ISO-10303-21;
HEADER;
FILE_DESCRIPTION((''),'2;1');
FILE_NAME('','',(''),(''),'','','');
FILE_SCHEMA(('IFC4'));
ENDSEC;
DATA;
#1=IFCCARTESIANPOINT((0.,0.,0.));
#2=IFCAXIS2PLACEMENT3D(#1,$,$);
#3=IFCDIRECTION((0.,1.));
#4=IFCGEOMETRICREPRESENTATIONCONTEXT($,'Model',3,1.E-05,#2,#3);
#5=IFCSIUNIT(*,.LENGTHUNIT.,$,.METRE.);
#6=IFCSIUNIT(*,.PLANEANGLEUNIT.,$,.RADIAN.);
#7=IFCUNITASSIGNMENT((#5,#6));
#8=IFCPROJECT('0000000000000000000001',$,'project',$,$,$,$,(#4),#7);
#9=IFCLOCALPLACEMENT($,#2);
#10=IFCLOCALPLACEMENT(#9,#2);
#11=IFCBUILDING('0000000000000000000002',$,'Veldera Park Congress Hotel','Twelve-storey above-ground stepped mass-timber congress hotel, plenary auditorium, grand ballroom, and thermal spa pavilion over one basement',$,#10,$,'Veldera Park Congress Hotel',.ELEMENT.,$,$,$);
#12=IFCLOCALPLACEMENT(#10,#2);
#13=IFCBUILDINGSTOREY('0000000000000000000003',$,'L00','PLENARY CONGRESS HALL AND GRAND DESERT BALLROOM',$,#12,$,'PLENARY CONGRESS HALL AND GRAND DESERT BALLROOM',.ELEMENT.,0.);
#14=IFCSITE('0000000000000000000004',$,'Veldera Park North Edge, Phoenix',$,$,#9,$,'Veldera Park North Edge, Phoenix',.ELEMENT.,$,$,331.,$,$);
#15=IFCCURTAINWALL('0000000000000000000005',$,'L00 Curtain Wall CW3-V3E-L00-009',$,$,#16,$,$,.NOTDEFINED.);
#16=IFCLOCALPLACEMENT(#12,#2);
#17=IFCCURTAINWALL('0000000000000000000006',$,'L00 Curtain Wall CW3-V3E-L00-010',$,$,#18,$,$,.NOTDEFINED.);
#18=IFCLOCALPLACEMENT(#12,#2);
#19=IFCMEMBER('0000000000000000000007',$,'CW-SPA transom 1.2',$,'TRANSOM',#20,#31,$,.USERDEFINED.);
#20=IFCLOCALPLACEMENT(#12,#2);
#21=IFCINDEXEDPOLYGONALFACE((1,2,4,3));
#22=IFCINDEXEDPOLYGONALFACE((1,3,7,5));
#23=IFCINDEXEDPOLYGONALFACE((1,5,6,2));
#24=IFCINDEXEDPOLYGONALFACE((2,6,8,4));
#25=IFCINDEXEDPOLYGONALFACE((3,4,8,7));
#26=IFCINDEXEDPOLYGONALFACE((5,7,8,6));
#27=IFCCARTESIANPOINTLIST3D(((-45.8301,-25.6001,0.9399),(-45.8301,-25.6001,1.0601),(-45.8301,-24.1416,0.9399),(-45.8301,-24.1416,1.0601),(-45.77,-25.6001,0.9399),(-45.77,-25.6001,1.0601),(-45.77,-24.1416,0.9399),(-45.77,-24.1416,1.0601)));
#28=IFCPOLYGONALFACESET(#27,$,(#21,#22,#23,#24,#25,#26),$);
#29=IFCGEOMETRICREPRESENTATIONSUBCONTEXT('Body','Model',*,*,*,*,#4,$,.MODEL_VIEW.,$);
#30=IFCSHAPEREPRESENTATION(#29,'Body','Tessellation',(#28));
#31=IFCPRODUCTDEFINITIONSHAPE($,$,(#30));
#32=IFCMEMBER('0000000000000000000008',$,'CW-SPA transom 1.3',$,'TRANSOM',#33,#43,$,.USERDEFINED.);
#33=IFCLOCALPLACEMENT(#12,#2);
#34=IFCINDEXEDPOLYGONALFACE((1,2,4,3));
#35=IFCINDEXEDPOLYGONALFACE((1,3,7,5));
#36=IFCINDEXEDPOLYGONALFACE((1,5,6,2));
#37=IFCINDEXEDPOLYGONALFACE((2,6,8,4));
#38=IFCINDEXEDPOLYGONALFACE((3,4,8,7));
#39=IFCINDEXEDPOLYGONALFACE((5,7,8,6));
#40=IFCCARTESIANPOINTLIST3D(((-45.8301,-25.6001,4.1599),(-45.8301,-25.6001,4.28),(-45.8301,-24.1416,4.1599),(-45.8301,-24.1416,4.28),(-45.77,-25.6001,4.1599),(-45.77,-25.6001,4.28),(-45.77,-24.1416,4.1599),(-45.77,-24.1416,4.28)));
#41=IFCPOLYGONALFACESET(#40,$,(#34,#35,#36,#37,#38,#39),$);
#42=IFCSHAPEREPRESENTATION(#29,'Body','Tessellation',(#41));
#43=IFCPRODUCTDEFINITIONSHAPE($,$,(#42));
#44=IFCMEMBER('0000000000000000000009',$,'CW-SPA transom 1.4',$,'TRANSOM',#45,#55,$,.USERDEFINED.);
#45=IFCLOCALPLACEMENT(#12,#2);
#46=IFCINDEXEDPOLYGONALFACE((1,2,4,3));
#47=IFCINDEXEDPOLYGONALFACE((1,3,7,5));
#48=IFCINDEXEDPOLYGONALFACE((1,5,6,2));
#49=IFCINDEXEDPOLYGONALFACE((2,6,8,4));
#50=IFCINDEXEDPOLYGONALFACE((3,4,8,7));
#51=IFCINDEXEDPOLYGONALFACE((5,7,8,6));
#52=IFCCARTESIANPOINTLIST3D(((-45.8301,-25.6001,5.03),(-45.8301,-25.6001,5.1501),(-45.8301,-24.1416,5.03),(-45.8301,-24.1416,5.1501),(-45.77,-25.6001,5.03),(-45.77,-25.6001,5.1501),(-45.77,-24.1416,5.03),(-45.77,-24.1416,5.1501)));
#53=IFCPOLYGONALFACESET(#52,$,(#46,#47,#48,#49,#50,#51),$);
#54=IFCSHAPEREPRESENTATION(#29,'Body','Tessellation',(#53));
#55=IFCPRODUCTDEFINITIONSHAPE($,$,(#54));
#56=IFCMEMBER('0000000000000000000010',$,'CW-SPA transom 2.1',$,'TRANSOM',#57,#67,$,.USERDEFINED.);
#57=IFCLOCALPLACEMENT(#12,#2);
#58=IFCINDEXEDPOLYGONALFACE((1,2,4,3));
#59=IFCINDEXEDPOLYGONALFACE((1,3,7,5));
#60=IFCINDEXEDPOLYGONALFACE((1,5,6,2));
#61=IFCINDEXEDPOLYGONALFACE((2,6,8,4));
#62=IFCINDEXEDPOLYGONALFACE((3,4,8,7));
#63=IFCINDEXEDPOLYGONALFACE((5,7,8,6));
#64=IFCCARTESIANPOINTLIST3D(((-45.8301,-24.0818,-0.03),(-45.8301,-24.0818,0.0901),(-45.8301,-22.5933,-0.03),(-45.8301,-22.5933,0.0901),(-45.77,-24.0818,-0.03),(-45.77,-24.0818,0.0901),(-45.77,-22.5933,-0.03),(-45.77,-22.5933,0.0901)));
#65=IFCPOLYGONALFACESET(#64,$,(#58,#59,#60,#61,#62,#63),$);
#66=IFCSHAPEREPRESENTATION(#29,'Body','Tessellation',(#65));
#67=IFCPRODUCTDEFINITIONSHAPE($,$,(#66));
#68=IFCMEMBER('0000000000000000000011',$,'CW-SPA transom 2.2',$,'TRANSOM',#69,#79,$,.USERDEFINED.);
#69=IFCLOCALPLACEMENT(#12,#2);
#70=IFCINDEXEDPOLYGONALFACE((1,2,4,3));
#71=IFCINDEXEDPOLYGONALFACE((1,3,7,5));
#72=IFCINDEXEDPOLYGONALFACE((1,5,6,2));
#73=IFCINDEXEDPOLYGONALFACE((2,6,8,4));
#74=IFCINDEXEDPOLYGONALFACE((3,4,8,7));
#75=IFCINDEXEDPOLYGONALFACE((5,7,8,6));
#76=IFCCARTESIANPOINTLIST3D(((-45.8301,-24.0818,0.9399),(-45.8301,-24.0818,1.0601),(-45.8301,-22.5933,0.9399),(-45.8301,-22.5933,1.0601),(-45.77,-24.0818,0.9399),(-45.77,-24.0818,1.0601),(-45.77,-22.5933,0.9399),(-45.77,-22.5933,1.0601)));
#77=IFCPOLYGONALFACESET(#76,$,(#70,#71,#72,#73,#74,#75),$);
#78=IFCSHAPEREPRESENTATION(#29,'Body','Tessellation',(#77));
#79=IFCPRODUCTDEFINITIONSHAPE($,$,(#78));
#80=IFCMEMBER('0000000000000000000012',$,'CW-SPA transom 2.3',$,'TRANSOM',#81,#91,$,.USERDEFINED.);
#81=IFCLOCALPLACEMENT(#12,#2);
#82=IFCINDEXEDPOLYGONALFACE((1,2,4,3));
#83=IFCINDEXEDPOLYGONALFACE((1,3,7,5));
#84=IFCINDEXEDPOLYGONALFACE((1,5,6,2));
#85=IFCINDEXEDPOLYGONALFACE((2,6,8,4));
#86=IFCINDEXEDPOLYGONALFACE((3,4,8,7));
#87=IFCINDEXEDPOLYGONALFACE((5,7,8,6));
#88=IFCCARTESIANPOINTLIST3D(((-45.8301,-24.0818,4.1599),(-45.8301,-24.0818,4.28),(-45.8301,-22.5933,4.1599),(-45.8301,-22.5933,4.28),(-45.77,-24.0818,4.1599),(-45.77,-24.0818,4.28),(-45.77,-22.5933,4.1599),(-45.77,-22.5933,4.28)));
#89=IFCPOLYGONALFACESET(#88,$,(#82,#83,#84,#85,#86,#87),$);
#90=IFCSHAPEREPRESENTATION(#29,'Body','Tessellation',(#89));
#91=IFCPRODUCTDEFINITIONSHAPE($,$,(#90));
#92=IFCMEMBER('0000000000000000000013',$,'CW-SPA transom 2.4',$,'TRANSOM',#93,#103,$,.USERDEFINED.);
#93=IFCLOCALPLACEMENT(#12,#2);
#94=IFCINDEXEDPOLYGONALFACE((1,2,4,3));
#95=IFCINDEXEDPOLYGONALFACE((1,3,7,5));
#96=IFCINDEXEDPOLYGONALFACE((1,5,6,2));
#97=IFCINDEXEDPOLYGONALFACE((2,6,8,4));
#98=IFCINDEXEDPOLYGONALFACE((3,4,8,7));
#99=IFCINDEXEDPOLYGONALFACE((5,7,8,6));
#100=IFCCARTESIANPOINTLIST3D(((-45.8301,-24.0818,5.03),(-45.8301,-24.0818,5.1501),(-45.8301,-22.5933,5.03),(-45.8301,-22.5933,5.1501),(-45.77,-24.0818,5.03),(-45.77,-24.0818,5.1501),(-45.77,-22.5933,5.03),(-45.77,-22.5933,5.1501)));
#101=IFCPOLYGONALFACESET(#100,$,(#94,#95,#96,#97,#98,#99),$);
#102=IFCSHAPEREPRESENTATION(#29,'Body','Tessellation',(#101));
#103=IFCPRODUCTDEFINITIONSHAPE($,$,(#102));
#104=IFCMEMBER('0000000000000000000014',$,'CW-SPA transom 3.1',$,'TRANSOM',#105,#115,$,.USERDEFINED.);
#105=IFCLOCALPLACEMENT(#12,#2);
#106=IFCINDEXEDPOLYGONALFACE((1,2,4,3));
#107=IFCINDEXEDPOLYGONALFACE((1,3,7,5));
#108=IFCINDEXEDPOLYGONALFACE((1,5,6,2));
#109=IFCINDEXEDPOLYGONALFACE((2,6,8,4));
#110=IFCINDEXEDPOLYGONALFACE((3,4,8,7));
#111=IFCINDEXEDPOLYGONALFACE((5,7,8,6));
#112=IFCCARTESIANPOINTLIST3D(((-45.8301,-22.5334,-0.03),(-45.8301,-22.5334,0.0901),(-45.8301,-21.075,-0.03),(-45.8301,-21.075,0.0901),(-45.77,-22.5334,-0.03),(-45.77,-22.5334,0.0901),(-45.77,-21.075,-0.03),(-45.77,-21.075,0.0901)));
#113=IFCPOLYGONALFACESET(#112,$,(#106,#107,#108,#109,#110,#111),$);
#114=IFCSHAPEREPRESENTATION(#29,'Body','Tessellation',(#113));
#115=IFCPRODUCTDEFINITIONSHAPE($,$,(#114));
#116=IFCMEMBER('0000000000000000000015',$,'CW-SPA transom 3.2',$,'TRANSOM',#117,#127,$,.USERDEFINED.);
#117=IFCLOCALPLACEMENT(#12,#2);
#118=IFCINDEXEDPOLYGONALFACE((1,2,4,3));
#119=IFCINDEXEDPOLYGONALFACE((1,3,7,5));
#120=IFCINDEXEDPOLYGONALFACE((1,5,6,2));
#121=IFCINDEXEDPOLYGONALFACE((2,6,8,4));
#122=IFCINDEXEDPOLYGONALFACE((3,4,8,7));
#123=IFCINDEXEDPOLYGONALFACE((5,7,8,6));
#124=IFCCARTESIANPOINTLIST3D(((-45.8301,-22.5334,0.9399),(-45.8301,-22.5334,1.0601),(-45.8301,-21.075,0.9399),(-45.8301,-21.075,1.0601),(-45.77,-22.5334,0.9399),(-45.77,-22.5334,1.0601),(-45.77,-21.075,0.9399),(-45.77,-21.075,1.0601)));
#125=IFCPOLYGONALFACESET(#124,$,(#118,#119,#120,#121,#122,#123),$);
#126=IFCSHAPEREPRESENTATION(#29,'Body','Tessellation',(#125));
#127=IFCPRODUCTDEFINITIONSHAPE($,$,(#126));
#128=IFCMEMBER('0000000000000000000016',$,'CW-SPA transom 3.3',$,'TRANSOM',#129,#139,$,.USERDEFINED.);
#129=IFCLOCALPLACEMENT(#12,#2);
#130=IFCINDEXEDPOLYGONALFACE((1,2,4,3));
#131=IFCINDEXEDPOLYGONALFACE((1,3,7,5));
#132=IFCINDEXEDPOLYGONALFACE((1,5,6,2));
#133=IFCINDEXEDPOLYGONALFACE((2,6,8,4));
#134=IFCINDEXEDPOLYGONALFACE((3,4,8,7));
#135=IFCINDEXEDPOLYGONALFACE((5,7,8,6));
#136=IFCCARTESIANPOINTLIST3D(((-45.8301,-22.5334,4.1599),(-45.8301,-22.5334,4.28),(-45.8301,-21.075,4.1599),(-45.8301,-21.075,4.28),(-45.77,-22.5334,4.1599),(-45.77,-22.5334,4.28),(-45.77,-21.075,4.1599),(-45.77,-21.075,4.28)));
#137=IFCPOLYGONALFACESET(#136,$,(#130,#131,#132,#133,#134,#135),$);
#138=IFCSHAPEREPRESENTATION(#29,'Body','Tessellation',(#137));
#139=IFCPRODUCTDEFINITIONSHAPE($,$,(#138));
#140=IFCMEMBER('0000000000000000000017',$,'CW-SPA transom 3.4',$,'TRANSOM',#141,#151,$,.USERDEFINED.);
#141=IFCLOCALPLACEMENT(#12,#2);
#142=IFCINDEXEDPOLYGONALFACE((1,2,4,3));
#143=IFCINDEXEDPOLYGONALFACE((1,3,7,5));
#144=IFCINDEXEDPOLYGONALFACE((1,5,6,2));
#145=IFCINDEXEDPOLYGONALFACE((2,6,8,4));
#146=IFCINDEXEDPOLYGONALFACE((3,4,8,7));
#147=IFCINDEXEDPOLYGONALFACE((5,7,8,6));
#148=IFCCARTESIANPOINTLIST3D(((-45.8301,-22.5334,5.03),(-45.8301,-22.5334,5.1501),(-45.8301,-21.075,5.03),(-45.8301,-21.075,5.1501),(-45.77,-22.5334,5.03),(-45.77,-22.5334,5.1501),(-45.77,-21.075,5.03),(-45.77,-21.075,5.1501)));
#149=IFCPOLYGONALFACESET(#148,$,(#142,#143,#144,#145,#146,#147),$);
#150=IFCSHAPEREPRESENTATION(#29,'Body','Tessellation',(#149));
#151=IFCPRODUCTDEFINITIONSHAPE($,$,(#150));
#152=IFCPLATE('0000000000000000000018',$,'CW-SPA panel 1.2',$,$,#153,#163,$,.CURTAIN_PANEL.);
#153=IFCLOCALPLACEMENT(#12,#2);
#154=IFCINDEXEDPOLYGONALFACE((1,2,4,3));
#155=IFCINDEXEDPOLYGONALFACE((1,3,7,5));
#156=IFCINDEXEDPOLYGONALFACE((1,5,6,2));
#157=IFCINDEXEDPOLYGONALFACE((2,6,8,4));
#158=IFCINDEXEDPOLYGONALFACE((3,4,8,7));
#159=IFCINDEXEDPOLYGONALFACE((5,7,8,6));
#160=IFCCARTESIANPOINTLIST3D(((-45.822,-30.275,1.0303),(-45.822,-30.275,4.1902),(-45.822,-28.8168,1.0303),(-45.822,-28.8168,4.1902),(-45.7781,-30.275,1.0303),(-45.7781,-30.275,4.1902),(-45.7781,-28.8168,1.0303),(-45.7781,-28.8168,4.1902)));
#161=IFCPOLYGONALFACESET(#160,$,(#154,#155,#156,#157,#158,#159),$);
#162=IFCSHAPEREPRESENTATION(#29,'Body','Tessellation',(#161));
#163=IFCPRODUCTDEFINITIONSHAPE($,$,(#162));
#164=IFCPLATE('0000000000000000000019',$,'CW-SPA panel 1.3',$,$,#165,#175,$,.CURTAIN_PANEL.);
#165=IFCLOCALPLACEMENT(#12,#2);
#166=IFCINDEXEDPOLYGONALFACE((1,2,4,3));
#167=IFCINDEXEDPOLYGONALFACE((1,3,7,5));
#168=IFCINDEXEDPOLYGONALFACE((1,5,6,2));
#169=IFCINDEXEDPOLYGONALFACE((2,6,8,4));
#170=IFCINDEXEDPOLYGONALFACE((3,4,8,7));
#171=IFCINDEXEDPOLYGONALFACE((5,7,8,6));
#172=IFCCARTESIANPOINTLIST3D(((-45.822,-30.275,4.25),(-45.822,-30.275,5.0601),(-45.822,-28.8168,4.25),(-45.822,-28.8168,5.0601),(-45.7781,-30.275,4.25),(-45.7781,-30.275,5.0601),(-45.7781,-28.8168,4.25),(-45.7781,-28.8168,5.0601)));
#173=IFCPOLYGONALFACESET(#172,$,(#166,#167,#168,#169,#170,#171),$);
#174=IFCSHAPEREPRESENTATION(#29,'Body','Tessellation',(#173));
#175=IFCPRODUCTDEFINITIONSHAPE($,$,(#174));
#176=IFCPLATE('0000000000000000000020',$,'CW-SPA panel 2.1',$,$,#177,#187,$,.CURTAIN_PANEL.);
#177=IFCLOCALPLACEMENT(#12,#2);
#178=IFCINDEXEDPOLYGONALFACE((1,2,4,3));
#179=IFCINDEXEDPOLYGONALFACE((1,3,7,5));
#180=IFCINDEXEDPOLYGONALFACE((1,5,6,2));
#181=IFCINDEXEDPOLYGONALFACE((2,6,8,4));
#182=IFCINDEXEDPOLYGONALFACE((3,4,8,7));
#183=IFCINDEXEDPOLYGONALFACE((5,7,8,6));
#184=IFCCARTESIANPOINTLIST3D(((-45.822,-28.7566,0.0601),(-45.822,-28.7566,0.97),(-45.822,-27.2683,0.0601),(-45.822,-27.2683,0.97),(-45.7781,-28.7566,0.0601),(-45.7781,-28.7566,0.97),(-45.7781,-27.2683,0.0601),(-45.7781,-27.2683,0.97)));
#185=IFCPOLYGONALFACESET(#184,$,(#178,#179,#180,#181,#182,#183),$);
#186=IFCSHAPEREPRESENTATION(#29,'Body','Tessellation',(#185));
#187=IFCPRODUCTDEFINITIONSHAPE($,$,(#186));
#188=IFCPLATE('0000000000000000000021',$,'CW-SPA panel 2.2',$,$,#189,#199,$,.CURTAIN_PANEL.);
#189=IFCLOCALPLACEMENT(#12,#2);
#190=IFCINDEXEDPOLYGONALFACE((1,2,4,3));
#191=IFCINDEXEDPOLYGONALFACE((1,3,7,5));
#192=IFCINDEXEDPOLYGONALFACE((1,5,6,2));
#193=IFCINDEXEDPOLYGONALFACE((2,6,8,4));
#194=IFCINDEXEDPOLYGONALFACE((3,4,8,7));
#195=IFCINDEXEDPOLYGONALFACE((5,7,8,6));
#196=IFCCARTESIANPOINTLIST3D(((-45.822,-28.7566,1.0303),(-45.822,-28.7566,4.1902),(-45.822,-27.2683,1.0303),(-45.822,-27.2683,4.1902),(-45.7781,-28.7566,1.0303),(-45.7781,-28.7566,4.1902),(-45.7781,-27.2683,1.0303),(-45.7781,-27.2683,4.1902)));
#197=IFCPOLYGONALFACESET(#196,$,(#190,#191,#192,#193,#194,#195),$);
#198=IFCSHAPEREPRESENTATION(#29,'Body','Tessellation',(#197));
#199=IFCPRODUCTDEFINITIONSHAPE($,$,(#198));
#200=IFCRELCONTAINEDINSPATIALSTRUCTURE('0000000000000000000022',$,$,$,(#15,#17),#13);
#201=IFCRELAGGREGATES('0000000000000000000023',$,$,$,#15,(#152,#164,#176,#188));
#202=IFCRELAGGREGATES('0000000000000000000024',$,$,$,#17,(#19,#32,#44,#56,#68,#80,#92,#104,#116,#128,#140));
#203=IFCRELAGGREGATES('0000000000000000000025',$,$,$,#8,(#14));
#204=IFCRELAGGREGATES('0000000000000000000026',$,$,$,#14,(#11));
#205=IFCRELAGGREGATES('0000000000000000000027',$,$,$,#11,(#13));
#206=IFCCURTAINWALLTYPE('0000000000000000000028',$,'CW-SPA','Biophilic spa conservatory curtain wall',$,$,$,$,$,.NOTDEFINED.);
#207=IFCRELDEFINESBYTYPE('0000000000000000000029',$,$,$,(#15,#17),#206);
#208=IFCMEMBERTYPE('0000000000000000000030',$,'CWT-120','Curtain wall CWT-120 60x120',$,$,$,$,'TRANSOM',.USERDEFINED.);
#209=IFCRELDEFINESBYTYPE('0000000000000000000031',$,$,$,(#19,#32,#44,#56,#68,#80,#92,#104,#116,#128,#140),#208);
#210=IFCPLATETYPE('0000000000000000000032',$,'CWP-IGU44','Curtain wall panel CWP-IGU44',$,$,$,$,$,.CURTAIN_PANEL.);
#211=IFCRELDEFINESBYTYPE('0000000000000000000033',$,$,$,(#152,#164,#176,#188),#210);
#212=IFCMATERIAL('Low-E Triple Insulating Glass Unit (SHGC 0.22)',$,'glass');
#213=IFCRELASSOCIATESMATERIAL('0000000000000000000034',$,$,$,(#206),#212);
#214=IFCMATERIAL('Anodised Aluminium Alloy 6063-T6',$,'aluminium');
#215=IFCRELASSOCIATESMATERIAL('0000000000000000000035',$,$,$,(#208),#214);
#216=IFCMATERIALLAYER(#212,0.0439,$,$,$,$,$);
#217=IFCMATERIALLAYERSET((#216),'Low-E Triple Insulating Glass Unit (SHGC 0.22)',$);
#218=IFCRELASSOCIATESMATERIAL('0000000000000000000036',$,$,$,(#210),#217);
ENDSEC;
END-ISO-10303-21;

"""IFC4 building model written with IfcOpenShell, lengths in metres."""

from ifc_helpers import new_model, si_unit, direction, frame, origin, origin_2d, place, context, subcontext, project, spatial, rectangle, extrude, material, layer, layer_set, material_profile, profile_set, type_object, element, aggregate, save


model = new_model("IFC4")

# Units and contexts
model_context = context("Model", 3, precision=1e-05, world=origin(), true_north=direction((0.0, 1.0)))
body_context = subcontext(model_context, "Body", "Model", "MODEL_VIEW")
ifc_project = project(units=[si_unit("LENGTHUNIT", "METRE"), si_unit("PLANEANGLEUNIT", "RADIAN")], contexts=[model_context])

# Site, building, storey
site_placement = place(None, origin())
site = spatial("IfcSite", under=ifc_project, at=site_placement, Name="Veldera Park North Edge, Phoenix", LongName="Veldera Park North Edge, Phoenix", CompositionType="ELEMENT", RefElevation=331.0)
building_placement = place(site_placement, origin())
building = spatial("IfcBuilding", under=site, at=building_placement, Name="Veldera Park Congress Hotel", Description="Twelve-storey above-ground stepped mass-timber congress hotel, plenary auditorium, grand ballroom, and thermal spa pavilion over one basement", LongName="Veldera Park Congress Hotel", CompositionType="ELEMENT")
storey_placement = place(building_placement, origin())
storey = spatial("IfcBuildingStorey", under=building, at=storey_placement, Name="L00", Description="PLENARY CONGRESS HALL AND GRAND DESERT BALLROOM", LongName="PLENARY CONGRESS HALL AND GRAND DESERT BALLROOM", CompositionType="ELEMENT", Elevation=0.0)

# Curtain walls
ifc_material_1 = material(Name="Low-E Triple Insulating Glass Unit (SHGC 0.22)", Category="glass")
curtain_wall_type = type_object("IfcCurtainWallType", Name="CW-SPA", Description="Biophilic spa conservatory curtain wall", PredefinedType="NOTDEFINED", material=ifc_material_1)
curtain_wall_1_placement = place(storey_placement, origin())
curtain_wall_1 = element("IfcCurtainWall", 1, at=curtain_wall_1_placement, inside=storey, type_object=curtain_wall_type, Name="L00 Curtain Wall CW3-V3E-L00-009", PredefinedType="NOTDEFINED")
ifc_material_2 = material(Name="Anodised Aluminium Alloy 6063-T6", Category="aluminium")
curtain_wall_2_placement = place(storey_placement, origin())
curtain_wall_2 = element("IfcCurtainWall", 2, at=curtain_wall_2_placement, inside=storey, type_object=curtain_wall_type, Name="L00 Curtain Wall CW3-V3E-L00-010", PredefinedType="NOTDEFINED")

# Members
ifc_material_profile_1 = material_profile(ifc_material_2, rectangle(XDim=0.0601, YDim=0.1201, at=origin_2d()), Name="ALU 60x120")
ifc_profile_set_1 = profile_set([ifc_material_profile_1], Name="Anodised Aluminium Alloy 6063-T6")
member_type_1 = type_object("IfcMemberType", Name="CWT-120", Description="Curtain wall CWT-120 60x120", ElementType="TRANSOM", PredefinedType="USERDEFINED", material=ifc_profile_set_1)
member_1_placement = place(storey_placement, frame((-45.8, -25.6001, 1.0), z_axis=(0.0, 1.0, 0.0), x_axis=(-1.0, 0.0, 0.0)))
member_1 = element("IfcMember", 3, at=member_1_placement, type_object=member_type_1, Name="CW-SPA transom 1.2", ObjectType="TRANSOM", PredefinedType="USERDEFINED", context=body_context, shape_type="SweptSolid", body=[
    extrude(rectangle(XDim=0.0601, YDim=0.1201, at=origin_2d()), origin(), (0.0, 0.0, 1.0), 1.4585),
])
member_2_placement = place(storey_placement, frame((-45.8, -25.6001, 4.22), z_axis=(0.0, 1.0, 0.0), x_axis=(-1.0, 0.0, 0.0)))
member_2 = element("IfcMember", 4, at=member_2_placement, type_object=member_type_1, Name="CW-SPA transom 1.3", ObjectType="TRANSOM", PredefinedType="USERDEFINED", context=body_context, shape_type="SweptSolid", body=[
    extrude(rectangle(XDim=0.0601, YDim=0.1201, at=origin_2d()), origin(), (0.0, 0.0, 1.0), 1.4585),
])
member_3_placement = place(storey_placement, frame((-45.8, -25.6001, 5.0901), z_axis=(0.0, 1.0, 0.0), x_axis=(-1.0, 0.0, 0.0)))
member_3 = element("IfcMember", 5, at=member_3_placement, type_object=member_type_1, Name="CW-SPA transom 1.4", ObjectType="TRANSOM", PredefinedType="USERDEFINED", context=body_context, shape_type="SweptSolid", body=[
    extrude(rectangle(XDim=0.0601, YDim=0.1201, at=origin_2d()), origin(), (0.0, 0.0, 1.0), 1.4585),
])
member_4_placement = place(storey_placement, frame((-45.8, -24.0818, 0.03), z_axis=(0.0, 1.0, 0.0), x_axis=(-1.0, 0.0, 0.0)))
member_4 = element("IfcMember", 6, at=member_4_placement, type_object=member_type_1, Name="CW-SPA transom 2.1", ObjectType="TRANSOM", PredefinedType="USERDEFINED", context=body_context, shape_type="SweptSolid", body=[
    extrude(rectangle(XDim=0.0601, YDim=0.1201, at=origin_2d()), origin(), (0.0, 0.0, 1.0), 1.4885),
])
member_5_placement = place(storey_placement, frame((-45.8, -24.0818, 1.0), z_axis=(0.0, 1.0, 0.0), x_axis=(-1.0, 0.0, 0.0)))
member_5 = element("IfcMember", 7, at=member_5_placement, type_object=member_type_1, Name="CW-SPA transom 2.2", ObjectType="TRANSOM", PredefinedType="USERDEFINED", context=body_context, shape_type="SweptSolid", body=[
    extrude(rectangle(XDim=0.0601, YDim=0.1201, at=origin_2d()), origin(), (0.0, 0.0, 1.0), 1.4885),
])
member_6_placement = place(storey_placement, frame((-45.8, -24.0818, 4.22), z_axis=(0.0, 1.0, 0.0), x_axis=(-1.0, 0.0, 0.0)))
member_6 = element("IfcMember", 8, at=member_6_placement, type_object=member_type_1, Name="CW-SPA transom 2.3", ObjectType="TRANSOM", PredefinedType="USERDEFINED", context=body_context, shape_type="SweptSolid", body=[
    extrude(rectangle(XDim=0.0601, YDim=0.1201, at=origin_2d()), origin(), (0.0, 0.0, 1.0), 1.4885),
])
member_7_placement = place(storey_placement, frame((-45.8, -24.0818, 5.0901), z_axis=(0.0, 1.0, 0.0), x_axis=(-1.0, 0.0, 0.0)))
member_7 = element("IfcMember", 9, at=member_7_placement, type_object=member_type_1, Name="CW-SPA transom 2.4", ObjectType="TRANSOM", PredefinedType="USERDEFINED", context=body_context, shape_type="SweptSolid", body=[
    extrude(rectangle(XDim=0.0601, YDim=0.1201, at=origin_2d()), origin(), (0.0, 0.0, 1.0), 1.4885),
])
member_8_placement = place(storey_placement, frame((-45.8, -22.5334, 0.03), z_axis=(0.0, 1.0, 0.0), x_axis=(-1.0, 0.0, 0.0)))
member_8 = element("IfcMember", 10, at=member_8_placement, type_object=member_type_1, Name="CW-SPA transom 3.1", ObjectType="TRANSOM", PredefinedType="USERDEFINED", context=body_context, shape_type="SweptSolid", body=[
    extrude(rectangle(XDim=0.0601, YDim=0.1201, at=origin_2d()), origin(), (0.0, 0.0, 1.0), 1.4585),
])
member_9_placement = place(storey_placement, frame((-45.8, -22.5334, 1.0), z_axis=(0.0, 1.0, 0.0), x_axis=(-1.0, 0.0, 0.0)))
member_9 = element("IfcMember", 11, at=member_9_placement, type_object=member_type_1, Name="CW-SPA transom 3.2", ObjectType="TRANSOM", PredefinedType="USERDEFINED", context=body_context, shape_type="SweptSolid", body=[
    extrude(rectangle(XDim=0.0601, YDim=0.1201, at=origin_2d()), origin(), (0.0, 0.0, 1.0), 1.4585),
])
member_10_placement = place(storey_placement, frame((-45.8, -22.5334, 4.22), z_axis=(0.0, 1.0, 0.0), x_axis=(-1.0, 0.0, 0.0)))
member_10 = element("IfcMember", 12, at=member_10_placement, type_object=member_type_1, Name="CW-SPA transom 3.3", ObjectType="TRANSOM", PredefinedType="USERDEFINED", context=body_context, shape_type="SweptSolid", body=[
    extrude(rectangle(XDim=0.0601, YDim=0.1201, at=origin_2d()), origin(), (0.0, 0.0, 1.0), 1.4585),
])
member_11_placement = place(storey_placement, frame((-45.8, -22.5334, 5.0901), z_axis=(0.0, 1.0, 0.0), x_axis=(-1.0, 0.0, 0.0)))
member_11 = element("IfcMember", 13, at=member_11_placement, type_object=member_type_1, Name="CW-SPA transom 3.4", ObjectType="TRANSOM", PredefinedType="USERDEFINED", context=body_context, shape_type="SweptSolid", body=[
    extrude(rectangle(XDim=0.0601, YDim=0.1201, at=origin_2d()), origin(), (0.0, 0.0, 1.0), 1.4585),
])

# Plates
ifc_layer = layer(ifc_material_1, 0.0439)
ifc_layer_set = layer_set([ifc_layer], Name="Low-E Triple Insulating Glass Unit (SHGC 0.22)")
plate_type = type_object("IfcPlateType", Name="CWP-IGU44", Description="Curtain wall panel CWP-IGU44", PredefinedType="CURTAIN_PANEL", material=ifc_layer_set)
plate_1_placement = place(storey_placement, frame((-45.8, -29.5459, 1.0303), z_axis=(0.0, 0.0, 1.0), x_axis=(0.0, 1.0, 0.0)))
plate_1 = element("IfcPlate", 14, at=plate_1_placement, type_object=plate_type, Name="CW-SPA panel 1.2", PredefinedType="CURTAIN_PANEL", context=body_context, shape_type="SweptSolid", body=[
    extrude(rectangle(XDim=1.4583, YDim=0.0439, at=origin_2d()), origin(), (0.0, 0.0, 1.0), 3.1599),
])
plate_2_placement = place(storey_placement, frame((-45.8, -29.5459, 4.25), z_axis=(0.0, 0.0, 1.0), x_axis=(0.0, 1.0, 0.0)))
plate_2 = element("IfcPlate", 15, at=plate_2_placement, type_object=plate_type, Name="CW-SPA panel 1.3", PredefinedType="CURTAIN_PANEL", context=body_context, shape_type="SweptSolid", body=[
    extrude(rectangle(XDim=1.4583, YDim=0.0439, at=origin_2d()), origin(), (0.0, 0.0, 1.0), 0.8101),
])
plate_3_placement = place(storey_placement, frame((-45.8, -28.0125, 0.0601), z_axis=(0.0, 0.0, 1.0), x_axis=(0.0, 1.0, 0.0)))
plate_3 = element("IfcPlate", 16, at=plate_3_placement, type_object=plate_type, Name="CW-SPA panel 2.1", PredefinedType="CURTAIN_PANEL", context=body_context, shape_type="SweptSolid", body=[
    extrude(rectangle(XDim=1.4883, YDim=0.0439, at=origin_2d()), origin(), (0.0, 0.0, 1.0), 0.9099),
])
plate_4_placement = place(storey_placement, frame((-45.8, -28.0125, 1.0303), z_axis=(0.0, 0.0, 1.0), x_axis=(0.0, 1.0, 0.0)))
plate_4 = element("IfcPlate", 17, at=plate_4_placement, type_object=plate_type, Name="CW-SPA panel 2.2", PredefinedType="CURTAIN_PANEL", context=body_context, shape_type="SweptSolid", body=[
    extrude(rectangle(XDim=1.4883, YDim=0.0439, at=origin_2d()), origin(), (0.0, 0.0, 1.0), 3.1599),
])
aggregate(curtain_wall_1, [plate_1, plate_2, plate_3, plate_4])
aggregate(curtain_wall_2, [member_1, member_2, member_3, member_4, member_5, member_6, member_7, member_8, member_9, member_10, member_11])

save(model, "model.ifc")
